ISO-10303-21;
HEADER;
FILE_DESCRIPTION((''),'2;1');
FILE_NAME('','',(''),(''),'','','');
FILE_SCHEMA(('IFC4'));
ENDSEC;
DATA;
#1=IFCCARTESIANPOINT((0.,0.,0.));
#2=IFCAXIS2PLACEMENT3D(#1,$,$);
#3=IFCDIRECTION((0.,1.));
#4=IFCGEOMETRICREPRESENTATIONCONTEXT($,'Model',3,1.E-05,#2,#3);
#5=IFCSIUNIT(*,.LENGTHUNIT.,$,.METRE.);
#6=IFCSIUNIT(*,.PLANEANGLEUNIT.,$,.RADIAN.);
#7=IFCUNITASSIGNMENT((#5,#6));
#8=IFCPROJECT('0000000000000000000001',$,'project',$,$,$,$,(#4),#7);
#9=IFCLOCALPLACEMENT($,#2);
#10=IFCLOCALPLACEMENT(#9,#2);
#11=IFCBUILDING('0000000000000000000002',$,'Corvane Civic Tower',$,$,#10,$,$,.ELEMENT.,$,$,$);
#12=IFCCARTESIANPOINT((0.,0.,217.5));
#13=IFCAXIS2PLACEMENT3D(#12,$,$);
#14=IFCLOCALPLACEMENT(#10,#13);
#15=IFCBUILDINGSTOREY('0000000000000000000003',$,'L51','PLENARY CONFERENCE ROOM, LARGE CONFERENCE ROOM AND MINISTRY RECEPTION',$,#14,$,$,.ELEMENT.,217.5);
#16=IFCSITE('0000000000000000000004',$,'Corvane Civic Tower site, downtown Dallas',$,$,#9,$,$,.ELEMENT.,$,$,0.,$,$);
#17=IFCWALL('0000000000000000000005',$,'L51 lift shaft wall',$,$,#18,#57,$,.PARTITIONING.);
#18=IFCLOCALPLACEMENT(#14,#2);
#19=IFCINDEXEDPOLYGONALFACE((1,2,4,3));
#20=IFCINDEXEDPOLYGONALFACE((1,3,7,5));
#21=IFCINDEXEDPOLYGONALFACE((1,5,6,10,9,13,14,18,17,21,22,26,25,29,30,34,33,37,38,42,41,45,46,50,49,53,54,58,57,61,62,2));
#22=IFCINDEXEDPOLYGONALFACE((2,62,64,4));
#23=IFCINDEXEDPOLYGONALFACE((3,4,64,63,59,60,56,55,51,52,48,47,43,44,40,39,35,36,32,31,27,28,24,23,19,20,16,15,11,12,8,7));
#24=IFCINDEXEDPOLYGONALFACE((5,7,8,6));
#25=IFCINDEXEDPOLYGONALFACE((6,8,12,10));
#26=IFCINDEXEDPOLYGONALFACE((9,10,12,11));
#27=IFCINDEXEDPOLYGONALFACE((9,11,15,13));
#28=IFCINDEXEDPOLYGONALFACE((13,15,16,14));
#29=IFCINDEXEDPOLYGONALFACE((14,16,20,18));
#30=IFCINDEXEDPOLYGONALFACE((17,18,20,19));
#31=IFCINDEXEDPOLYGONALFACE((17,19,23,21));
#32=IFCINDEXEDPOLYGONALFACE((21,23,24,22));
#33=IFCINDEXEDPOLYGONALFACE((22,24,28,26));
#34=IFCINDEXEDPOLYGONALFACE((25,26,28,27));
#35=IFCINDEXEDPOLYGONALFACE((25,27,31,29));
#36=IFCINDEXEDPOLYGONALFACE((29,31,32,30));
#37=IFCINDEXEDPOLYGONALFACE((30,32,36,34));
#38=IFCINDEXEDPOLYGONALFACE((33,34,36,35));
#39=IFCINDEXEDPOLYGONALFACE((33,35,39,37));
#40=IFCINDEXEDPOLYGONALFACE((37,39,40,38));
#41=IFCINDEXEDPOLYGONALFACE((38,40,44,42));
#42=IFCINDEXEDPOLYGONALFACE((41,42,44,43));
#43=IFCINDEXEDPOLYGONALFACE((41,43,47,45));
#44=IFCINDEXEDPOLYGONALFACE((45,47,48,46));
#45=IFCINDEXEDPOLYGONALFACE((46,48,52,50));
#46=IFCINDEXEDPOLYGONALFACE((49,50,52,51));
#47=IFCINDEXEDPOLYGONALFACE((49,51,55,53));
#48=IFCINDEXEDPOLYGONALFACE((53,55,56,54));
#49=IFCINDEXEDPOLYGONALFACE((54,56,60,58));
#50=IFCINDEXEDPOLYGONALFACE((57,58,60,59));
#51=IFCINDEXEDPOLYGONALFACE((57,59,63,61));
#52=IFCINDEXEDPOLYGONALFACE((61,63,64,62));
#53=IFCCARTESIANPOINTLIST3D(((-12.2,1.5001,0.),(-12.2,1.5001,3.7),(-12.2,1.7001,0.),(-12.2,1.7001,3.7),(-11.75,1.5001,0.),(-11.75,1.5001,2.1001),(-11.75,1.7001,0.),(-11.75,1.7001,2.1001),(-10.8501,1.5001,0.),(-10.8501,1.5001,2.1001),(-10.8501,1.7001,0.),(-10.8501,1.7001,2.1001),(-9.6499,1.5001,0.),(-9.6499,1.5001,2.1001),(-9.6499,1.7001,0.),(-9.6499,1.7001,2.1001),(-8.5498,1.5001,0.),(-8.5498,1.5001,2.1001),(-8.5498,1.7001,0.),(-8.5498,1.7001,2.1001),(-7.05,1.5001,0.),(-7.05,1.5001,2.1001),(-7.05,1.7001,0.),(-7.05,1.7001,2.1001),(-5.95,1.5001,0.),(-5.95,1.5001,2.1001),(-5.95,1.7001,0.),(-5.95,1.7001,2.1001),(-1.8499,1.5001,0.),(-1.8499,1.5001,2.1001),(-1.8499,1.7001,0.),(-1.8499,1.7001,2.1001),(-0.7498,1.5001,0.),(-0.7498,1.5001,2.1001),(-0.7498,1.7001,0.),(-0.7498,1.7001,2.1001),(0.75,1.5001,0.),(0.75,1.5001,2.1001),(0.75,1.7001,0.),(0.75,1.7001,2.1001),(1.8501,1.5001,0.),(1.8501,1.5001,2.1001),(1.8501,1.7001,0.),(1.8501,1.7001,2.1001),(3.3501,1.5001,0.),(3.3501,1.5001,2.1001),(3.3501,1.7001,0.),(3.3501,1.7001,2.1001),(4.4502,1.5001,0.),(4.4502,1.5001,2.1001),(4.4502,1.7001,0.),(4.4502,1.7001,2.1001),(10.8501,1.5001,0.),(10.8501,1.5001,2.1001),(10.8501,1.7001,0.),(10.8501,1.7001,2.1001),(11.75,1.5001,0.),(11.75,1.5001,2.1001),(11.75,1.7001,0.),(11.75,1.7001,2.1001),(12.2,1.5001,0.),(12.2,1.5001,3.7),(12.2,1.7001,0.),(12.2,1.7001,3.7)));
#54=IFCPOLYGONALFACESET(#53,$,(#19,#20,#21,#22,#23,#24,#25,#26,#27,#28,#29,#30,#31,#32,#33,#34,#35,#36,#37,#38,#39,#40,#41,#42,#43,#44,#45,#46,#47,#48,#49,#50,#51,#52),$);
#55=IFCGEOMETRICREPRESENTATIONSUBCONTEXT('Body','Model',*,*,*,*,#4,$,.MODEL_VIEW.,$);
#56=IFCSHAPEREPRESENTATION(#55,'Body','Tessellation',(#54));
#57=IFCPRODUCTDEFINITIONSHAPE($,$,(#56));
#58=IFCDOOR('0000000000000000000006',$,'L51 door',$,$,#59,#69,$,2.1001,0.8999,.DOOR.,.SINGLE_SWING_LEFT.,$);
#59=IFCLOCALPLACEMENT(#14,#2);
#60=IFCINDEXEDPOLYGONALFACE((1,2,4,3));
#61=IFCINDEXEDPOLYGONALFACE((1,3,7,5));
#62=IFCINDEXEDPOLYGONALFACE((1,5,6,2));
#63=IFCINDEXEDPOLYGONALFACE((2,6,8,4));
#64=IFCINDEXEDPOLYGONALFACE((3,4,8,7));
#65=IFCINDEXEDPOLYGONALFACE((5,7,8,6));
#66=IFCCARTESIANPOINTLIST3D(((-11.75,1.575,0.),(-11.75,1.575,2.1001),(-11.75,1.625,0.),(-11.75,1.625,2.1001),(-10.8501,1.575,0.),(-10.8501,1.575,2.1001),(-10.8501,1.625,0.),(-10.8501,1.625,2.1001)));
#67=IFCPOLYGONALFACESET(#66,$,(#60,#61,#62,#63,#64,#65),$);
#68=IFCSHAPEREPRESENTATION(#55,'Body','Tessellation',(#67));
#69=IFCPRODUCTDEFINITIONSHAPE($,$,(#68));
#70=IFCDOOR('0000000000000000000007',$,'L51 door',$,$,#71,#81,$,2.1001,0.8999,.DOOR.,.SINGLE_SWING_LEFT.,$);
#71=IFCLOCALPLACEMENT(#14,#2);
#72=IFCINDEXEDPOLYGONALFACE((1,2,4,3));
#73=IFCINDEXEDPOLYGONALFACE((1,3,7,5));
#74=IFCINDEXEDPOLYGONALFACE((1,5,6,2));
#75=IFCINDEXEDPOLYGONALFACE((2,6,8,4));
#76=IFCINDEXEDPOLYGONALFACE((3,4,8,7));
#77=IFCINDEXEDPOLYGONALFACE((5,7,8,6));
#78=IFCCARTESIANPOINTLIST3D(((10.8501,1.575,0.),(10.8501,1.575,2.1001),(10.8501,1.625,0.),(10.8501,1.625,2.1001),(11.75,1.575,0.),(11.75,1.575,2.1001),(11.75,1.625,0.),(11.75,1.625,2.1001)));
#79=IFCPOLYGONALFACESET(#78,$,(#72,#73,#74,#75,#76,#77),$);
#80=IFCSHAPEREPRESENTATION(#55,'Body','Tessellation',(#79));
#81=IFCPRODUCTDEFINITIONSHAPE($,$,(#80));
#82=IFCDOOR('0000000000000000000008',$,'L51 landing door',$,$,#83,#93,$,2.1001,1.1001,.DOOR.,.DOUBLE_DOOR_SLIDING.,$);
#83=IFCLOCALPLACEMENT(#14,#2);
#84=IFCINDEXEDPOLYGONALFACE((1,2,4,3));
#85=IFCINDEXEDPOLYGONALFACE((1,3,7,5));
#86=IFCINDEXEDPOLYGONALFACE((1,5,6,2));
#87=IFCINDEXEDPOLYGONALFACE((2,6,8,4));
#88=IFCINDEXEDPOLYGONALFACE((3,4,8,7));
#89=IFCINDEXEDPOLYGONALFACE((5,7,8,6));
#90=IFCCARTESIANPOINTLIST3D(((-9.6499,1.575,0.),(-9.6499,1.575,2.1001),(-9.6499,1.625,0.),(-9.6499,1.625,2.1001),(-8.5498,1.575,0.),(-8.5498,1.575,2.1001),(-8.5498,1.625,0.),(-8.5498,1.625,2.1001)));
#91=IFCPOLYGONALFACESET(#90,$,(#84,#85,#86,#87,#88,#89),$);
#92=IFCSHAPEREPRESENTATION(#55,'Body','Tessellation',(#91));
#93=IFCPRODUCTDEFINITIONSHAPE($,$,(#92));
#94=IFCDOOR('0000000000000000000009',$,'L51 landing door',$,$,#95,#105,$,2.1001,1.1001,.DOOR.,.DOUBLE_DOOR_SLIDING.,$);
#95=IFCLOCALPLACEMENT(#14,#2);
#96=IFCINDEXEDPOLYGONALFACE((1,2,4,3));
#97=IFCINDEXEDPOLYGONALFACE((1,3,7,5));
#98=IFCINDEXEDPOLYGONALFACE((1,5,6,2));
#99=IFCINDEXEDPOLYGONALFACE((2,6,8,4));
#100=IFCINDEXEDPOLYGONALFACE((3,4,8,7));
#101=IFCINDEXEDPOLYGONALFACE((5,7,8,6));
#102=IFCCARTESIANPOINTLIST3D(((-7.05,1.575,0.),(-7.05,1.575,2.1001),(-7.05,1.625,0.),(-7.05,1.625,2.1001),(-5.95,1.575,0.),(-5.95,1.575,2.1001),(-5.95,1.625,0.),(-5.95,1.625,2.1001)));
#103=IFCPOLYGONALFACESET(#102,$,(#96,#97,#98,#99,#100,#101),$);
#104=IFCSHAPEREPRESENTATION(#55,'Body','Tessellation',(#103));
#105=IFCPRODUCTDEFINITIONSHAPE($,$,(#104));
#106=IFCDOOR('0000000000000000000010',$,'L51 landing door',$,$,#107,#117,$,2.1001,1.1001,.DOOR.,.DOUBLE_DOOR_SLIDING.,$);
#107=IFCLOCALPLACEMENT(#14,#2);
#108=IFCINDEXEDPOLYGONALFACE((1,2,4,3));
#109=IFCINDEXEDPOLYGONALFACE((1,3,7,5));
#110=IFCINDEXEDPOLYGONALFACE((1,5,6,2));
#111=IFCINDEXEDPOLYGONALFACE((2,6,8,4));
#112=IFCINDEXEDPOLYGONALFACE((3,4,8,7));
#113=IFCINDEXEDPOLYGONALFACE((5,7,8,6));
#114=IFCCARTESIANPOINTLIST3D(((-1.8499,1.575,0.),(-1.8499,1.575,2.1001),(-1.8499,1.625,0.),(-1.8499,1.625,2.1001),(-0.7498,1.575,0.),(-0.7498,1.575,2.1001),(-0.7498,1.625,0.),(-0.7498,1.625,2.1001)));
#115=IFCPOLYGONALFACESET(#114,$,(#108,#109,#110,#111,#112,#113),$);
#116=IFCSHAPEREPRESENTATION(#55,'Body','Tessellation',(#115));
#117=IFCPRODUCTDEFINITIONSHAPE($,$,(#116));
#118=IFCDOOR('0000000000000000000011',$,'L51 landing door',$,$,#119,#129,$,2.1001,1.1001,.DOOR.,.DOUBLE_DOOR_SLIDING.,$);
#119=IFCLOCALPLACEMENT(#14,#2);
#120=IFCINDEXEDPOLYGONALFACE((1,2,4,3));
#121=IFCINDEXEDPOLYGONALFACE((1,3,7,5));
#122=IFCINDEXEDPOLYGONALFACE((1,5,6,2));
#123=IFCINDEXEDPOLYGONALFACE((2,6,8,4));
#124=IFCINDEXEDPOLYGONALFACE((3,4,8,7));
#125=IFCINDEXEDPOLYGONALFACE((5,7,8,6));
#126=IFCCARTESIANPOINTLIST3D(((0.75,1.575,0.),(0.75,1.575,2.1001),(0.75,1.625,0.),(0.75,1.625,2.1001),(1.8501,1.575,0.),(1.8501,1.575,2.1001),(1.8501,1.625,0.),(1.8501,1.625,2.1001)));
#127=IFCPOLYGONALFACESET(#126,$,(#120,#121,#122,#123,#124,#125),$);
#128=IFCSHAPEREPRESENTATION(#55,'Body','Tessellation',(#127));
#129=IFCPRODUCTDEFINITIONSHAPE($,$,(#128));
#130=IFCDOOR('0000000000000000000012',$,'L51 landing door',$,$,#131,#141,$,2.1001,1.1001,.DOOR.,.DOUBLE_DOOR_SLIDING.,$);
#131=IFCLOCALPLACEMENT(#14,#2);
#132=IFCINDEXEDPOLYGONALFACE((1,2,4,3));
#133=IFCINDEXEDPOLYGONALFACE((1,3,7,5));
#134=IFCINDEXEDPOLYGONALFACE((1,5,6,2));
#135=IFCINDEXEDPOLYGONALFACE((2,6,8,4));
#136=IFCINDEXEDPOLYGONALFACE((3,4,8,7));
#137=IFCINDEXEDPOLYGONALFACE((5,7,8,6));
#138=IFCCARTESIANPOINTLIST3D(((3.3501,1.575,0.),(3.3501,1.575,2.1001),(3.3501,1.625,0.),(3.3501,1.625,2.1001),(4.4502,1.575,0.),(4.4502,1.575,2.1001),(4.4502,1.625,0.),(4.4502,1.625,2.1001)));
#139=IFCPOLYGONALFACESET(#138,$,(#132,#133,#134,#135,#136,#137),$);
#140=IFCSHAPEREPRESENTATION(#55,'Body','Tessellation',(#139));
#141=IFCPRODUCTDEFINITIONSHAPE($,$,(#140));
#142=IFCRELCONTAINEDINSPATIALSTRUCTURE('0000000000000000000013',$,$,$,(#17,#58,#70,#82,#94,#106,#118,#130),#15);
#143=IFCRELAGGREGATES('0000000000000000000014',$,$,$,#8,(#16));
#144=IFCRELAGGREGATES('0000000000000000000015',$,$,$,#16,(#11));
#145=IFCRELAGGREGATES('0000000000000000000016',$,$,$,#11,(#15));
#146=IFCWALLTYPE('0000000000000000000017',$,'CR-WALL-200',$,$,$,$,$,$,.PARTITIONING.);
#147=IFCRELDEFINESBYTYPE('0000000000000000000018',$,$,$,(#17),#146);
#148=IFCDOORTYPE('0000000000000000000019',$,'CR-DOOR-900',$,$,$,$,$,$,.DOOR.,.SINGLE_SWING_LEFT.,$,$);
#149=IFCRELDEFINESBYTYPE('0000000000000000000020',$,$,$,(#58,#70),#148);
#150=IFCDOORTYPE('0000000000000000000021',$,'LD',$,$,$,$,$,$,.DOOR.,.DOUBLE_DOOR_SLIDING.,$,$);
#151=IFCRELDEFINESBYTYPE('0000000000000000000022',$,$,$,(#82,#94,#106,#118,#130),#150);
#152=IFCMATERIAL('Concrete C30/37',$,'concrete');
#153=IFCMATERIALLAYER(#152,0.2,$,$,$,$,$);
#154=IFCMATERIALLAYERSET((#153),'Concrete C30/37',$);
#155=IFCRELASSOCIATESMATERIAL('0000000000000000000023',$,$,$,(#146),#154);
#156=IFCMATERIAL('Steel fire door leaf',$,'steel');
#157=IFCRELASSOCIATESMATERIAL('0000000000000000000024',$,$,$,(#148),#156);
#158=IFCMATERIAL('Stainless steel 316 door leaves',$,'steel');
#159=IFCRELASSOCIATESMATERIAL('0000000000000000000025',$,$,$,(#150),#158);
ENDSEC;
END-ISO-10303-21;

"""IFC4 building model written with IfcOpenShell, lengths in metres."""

from ifc_helpers import new_model, si_unit, direction, frame, frame_2d, origin, place, context, subcontext, project, spatial, rectangle, extrude, material, layer, layer_set, type_object, element, fill, save


model = new_model("IFC4")

# Units and contexts
model_context = context("Model", 3, precision=1e-05, world=origin(), true_north=direction((0.0, 1.0)))
body_context = subcontext(model_context, "Body", "Model", "MODEL_VIEW")
ifc_project = project(units=[si_unit("LENGTHUNIT", "METRE"), si_unit("PLANEANGLEUNIT", "RADIAN")], contexts=[model_context])

# Site, building, storey
site_placement = place(None, origin())
site = spatial("IfcSite", under=ifc_project, at=site_placement, Name="Corvane Civic Tower site, downtown Dallas", CompositionType="ELEMENT", RefElevation=0.0)
building_placement = place(site_placement, origin())
building = spatial("IfcBuilding", under=site, at=building_placement, Name="Corvane Civic Tower", CompositionType="ELEMENT")
storey_placement = place(building_placement, frame((0.0, 0.0, 217.5)))
storey = spatial("IfcBuildingStorey", under=building, at=storey_placement, Name="L51", Description="PLENARY CONFERENCE ROOM, LARGE CONFERENCE ROOM AND MINISTRY RECEPTION", CompositionType="ELEMENT", Elevation=217.5)

# Wall, openings, doors
ifc_material_1 = material(Name="Concrete C30/37", Category="concrete")
ifc_layer_1 = layer(ifc_material_1, 0.2)
ifc_layer_set_1 = layer_set([ifc_layer_1], Name="Concrete C30/37")
wall_type_1 = type_object("IfcWallType", Name="CR-WALL-200", PredefinedType="PARTITIONING", material=ifc_layer_set_1)
wall_1_placement = place(storey_placement, frame((-12.2, 1.6001, 0.0), z_axis=(0.0, 0.0, 1.0), x_axis=(1.0, 0.0, 0.0)))
wall_1 = element("IfcWall", 1, at=wall_1_placement, inside=storey, type_object=wall_type_1, Name="L51 lift shaft wall", PredefinedType="PARTITIONING", context=body_context, shape_type="SweptSolid", body=[
    extrude(rectangle(XDim=24.3999, YDim=0.2, at=frame_2d((12.2, 0.0))), origin(), (0.0, 0.0, 1.0), 3.7),
])
opening_1_placement = place(wall_1_placement, frame((2.55, 0.0, 0.0)))
opening_1 = element("IfcOpeningElement", 2, at=opening_1_placement, cuts=wall_1, PredefinedType="OPENING", context=body_context, shape_type="SweptSolid", body=[
    extrude(rectangle(XDim=1.1001, YDim=2.1001, at=frame_2d((0.55, 1.05))), frame((0.0, 0.1099, 0.0), z_axis=(0.0, -1.0, 0.0), x_axis=(1.0, 0.0, 0.0)), (0.0, 0.0, 1.0), 0.22),
])
opening_2_placement = place(wall_1_placement, frame((5.1499, 0.0, 0.0)))
opening_2 = element("IfcOpeningElement", 3, at=opening_2_placement, cuts=wall_1, PredefinedType="OPENING", context=body_context, shape_type="SweptSolid", body=[
    extrude(rectangle(XDim=1.1001, YDim=2.1001, at=frame_2d((0.55, 1.05))), frame((0.0, 0.1099, 0.0), z_axis=(0.0, -1.0, 0.0), x_axis=(1.0, 0.0, 0.0)), (0.0, 0.0, 1.0), 0.22),
])
opening_3_placement = place(wall_1_placement, frame((10.3501, 0.0, 0.0)))
opening_3 = element("IfcOpeningElement", 4, at=opening_3_placement, cuts=wall_1, PredefinedType="OPENING", context=body_context, shape_type="SweptSolid", body=[
    extrude(rectangle(XDim=1.1001, YDim=2.1001, at=frame_2d((0.55, 1.05))), frame((0.0, 0.1099, 0.0), z_axis=(0.0, -1.0, 0.0), x_axis=(1.0, 0.0, 0.0)), (0.0, 0.0, 1.0), 0.22),
])
opening_4_placement = place(wall_1_placement, frame((12.95, 0.0, 0.0)))
opening_4 = element("IfcOpeningElement", 5, at=opening_4_placement, cuts=wall_1, PredefinedType="OPENING", context=body_context, shape_type="SweptSolid", body=[
    extrude(rectangle(XDim=1.1001, YDim=2.1001, at=frame_2d((0.55, 1.05))), frame((0.0, 0.1099, 0.0), z_axis=(0.0, -1.0, 0.0), x_axis=(1.0, 0.0, 0.0)), (0.0, 0.0, 1.0), 0.22),
])
opening_5_placement = place(wall_1_placement, frame((15.55, 0.0, 0.0)))
opening_5 = element("IfcOpeningElement", 6, at=opening_5_placement, cuts=wall_1, PredefinedType="OPENING", context=body_context, shape_type="SweptSolid", body=[
    extrude(rectangle(XDim=1.1001, YDim=2.1001, at=frame_2d((0.55, 1.05))), frame((0.0, 0.1099, 0.0), z_axis=(0.0, -1.0, 0.0), x_axis=(1.0, 0.0, 0.0)), (0.0, 0.0, 1.0), 0.22),
])
opening_6_placement = place(wall_1_placement, frame((0.45, 0.0, 0.0)))
opening_6 = element("IfcOpeningElement", 7, at=opening_6_placement, cuts=wall_1, PredefinedType="OPENING", context=body_context, shape_type="SweptSolid", body=[
    extrude(rectangle(XDim=0.8999, YDim=2.1001, at=frame_2d((0.45, 1.05))), frame((0.0, 0.1099, 0.0), z_axis=(0.0, -1.0, 0.0), x_axis=(1.0, 0.0, 0.0)), (0.0, 0.0, 1.0), 0.22),
])
opening_7_placement = place(wall_1_placement, frame((23.05, 0.0, 0.0)))
opening_7 = element("IfcOpeningElement", 8, at=opening_7_placement, cuts=wall_1, PredefinedType="OPENING", context=body_context, shape_type="SweptSolid", body=[
    extrude(rectangle(XDim=0.8999, YDim=2.1001, at=frame_2d((0.45, 1.05))), frame((0.0, 0.1099, 0.0), z_axis=(0.0, -1.0, 0.0), x_axis=(1.0, 0.0, 0.0)), (0.0, 0.0, 1.0), 0.22),
])
ifc_material_2 = material(Name="Steel fire door leaf", Category="steel")
door_type_1 = type_object("IfcDoorType", Name="CR-DOOR-900", OperationType="SINGLE_SWING_LEFT", PredefinedType="DOOR", material=ifc_material_2)
door_1_placement = place(opening_6_placement, origin())
door_1 = element("IfcDoor", 9, at=door_1_placement, inside=storey, type_object=door_type_1, Name="L51 door", OperationType="SINGLE_SWING_LEFT", OverallHeight=2.1001, OverallWidth=0.8999, PredefinedType="DOOR", context=body_context, shape_type="SweptSolid", body=[
    extrude(rectangle(XDim=0.8999, YDim=2.1001, at=frame_2d((0.45, 1.05))), frame((0.0, 0.0249, 0.0), z_axis=(0.0, -1.0, 0.0), x_axis=(1.0, 0.0, 0.0)), (0.0, 0.0, 1.0), 0.05),
])
fill(opening_6, door_1)
door_2_placement = place(opening_7_placement, origin())
door_2 = element("IfcDoor", 10, at=door_2_placement, inside=storey, type_object=door_type_1, Name="L51 door", OperationType="SINGLE_SWING_LEFT", OverallHeight=2.1001, OverallWidth=0.8999, PredefinedType="DOOR", context=body_context, shape_type="SweptSolid", body=[
    extrude(rectangle(XDim=0.8999, YDim=2.1001, at=frame_2d((0.45, 1.05))), frame((0.0, 0.0249, 0.0), z_axis=(0.0, -1.0, 0.0), x_axis=(1.0, 0.0, 0.0)), (0.0, 0.0, 1.0), 0.05),
])
fill(opening_7, door_2)
ifc_material_3 = material(Name="Stainless steel 316 door leaves", Category="steel")
door_type_2 = type_object("IfcDoorType", Name="LD", OperationType="DOUBLE_DOOR_SLIDING", PredefinedType="DOOR", material=ifc_material_3)
door_3_placement = place(opening_1_placement, origin())
door_3 = element("IfcDoor", 11, at=door_3_placement, inside=storey, type_object=door_type_2, Name="L51 landing door", OperationType="DOUBLE_DOOR_SLIDING", OverallHeight=2.1001, OverallWidth=1.1001, PredefinedType="DOOR", context=body_context, shape_type="SweptSolid", body=[
    extrude(rectangle(XDim=1.1001, YDim=2.1001, at=frame_2d((0.55, 1.05))), frame((0.0, 0.0249, 0.0), z_axis=(0.0, -1.0, 0.0), x_axis=(1.0, 0.0, 0.0)), (0.0, 0.0, 1.0), 0.05),
])
fill(opening_1, door_3)
door_4_placement = place(opening_2_placement, origin())
door_4 = element("IfcDoor", 12, at=door_4_placement, inside=storey, type_object=door_type_2, Name="L51 landing door", OperationType="DOUBLE_DOOR_SLIDING", OverallHeight=2.1001, OverallWidth=1.1001, PredefinedType="DOOR", context=body_context, shape_type="SweptSolid", body=[
    extrude(rectangle(XDim=1.1001, YDim=2.1001, at=frame_2d((0.55, 1.05))), frame((0.0, 0.0249, 0.0), z_axis=(0.0, -1.0, 0.0), x_axis=(1.0, 0.0, 0.0)), (0.0, 0.0, 1.0), 0.05),
])
fill(opening_2, door_4)
door_5_placement = place(opening_3_placement, origin())
door_5 = element("IfcDoor", 13, at=door_5_placement, inside=storey, type_object=door_type_2, Name="L51 landing door", OperationType="DOUBLE_DOOR_SLIDING", OverallHeight=2.1001, OverallWidth=1.1001, PredefinedType="DOOR", context=body_context, shape_type="SweptSolid", body=[
    extrude(rectangle(XDim=1.1001, YDim=2.1001, at=frame_2d((0.55, 1.05))), frame((0.0, 0.0249, 0.0), z_axis=(0.0, -1.0, 0.0), x_axis=(1.0, 0.0, 0.0)), (0.0, 0.0, 1.0), 0.05),
])
fill(opening_3, door_5)
door_6_placement = place(opening_4_placement, origin())
door_6 = element("IfcDoor", 14, at=door_6_placement, inside=storey, type_object=door_type_2, Name="L51 landing door", OperationType="DOUBLE_DOOR_SLIDING", OverallHeight=2.1001, OverallWidth=1.1001, PredefinedType="DOOR", context=body_context, shape_type="SweptSolid", body=[
    extrude(rectangle(XDim=1.1001, YDim=2.1001, at=frame_2d((0.55, 1.05))), frame((0.0, 0.0249, 0.0), z_axis=(0.0, -1.0, 0.0), x_axis=(1.0, 0.0, 0.0)), (0.0, 0.0, 1.0), 0.05),
])
fill(opening_4, door_6)
door_7_placement = place(opening_5_placement, origin())
door_7 = element("IfcDoor", 15, at=door_7_placement, inside=storey, type_object=door_type_2, Name="L51 landing door", OperationType="DOUBLE_DOOR_SLIDING", OverallHeight=2.1001, OverallWidth=1.1001, PredefinedType="DOOR", context=body_context, shape_type="SweptSolid", body=[
    extrude(rectangle(XDim=1.1001, YDim=2.1001, at=frame_2d((0.55, 1.05))), frame((0.0, 0.0249, 0.0), z_axis=(0.0, -1.0, 0.0), x_axis=(1.0, 0.0, 0.0)), (0.0, 0.0, 1.0), 0.05),
])
fill(opening_5, door_7)

save(model, "model.ifc")
